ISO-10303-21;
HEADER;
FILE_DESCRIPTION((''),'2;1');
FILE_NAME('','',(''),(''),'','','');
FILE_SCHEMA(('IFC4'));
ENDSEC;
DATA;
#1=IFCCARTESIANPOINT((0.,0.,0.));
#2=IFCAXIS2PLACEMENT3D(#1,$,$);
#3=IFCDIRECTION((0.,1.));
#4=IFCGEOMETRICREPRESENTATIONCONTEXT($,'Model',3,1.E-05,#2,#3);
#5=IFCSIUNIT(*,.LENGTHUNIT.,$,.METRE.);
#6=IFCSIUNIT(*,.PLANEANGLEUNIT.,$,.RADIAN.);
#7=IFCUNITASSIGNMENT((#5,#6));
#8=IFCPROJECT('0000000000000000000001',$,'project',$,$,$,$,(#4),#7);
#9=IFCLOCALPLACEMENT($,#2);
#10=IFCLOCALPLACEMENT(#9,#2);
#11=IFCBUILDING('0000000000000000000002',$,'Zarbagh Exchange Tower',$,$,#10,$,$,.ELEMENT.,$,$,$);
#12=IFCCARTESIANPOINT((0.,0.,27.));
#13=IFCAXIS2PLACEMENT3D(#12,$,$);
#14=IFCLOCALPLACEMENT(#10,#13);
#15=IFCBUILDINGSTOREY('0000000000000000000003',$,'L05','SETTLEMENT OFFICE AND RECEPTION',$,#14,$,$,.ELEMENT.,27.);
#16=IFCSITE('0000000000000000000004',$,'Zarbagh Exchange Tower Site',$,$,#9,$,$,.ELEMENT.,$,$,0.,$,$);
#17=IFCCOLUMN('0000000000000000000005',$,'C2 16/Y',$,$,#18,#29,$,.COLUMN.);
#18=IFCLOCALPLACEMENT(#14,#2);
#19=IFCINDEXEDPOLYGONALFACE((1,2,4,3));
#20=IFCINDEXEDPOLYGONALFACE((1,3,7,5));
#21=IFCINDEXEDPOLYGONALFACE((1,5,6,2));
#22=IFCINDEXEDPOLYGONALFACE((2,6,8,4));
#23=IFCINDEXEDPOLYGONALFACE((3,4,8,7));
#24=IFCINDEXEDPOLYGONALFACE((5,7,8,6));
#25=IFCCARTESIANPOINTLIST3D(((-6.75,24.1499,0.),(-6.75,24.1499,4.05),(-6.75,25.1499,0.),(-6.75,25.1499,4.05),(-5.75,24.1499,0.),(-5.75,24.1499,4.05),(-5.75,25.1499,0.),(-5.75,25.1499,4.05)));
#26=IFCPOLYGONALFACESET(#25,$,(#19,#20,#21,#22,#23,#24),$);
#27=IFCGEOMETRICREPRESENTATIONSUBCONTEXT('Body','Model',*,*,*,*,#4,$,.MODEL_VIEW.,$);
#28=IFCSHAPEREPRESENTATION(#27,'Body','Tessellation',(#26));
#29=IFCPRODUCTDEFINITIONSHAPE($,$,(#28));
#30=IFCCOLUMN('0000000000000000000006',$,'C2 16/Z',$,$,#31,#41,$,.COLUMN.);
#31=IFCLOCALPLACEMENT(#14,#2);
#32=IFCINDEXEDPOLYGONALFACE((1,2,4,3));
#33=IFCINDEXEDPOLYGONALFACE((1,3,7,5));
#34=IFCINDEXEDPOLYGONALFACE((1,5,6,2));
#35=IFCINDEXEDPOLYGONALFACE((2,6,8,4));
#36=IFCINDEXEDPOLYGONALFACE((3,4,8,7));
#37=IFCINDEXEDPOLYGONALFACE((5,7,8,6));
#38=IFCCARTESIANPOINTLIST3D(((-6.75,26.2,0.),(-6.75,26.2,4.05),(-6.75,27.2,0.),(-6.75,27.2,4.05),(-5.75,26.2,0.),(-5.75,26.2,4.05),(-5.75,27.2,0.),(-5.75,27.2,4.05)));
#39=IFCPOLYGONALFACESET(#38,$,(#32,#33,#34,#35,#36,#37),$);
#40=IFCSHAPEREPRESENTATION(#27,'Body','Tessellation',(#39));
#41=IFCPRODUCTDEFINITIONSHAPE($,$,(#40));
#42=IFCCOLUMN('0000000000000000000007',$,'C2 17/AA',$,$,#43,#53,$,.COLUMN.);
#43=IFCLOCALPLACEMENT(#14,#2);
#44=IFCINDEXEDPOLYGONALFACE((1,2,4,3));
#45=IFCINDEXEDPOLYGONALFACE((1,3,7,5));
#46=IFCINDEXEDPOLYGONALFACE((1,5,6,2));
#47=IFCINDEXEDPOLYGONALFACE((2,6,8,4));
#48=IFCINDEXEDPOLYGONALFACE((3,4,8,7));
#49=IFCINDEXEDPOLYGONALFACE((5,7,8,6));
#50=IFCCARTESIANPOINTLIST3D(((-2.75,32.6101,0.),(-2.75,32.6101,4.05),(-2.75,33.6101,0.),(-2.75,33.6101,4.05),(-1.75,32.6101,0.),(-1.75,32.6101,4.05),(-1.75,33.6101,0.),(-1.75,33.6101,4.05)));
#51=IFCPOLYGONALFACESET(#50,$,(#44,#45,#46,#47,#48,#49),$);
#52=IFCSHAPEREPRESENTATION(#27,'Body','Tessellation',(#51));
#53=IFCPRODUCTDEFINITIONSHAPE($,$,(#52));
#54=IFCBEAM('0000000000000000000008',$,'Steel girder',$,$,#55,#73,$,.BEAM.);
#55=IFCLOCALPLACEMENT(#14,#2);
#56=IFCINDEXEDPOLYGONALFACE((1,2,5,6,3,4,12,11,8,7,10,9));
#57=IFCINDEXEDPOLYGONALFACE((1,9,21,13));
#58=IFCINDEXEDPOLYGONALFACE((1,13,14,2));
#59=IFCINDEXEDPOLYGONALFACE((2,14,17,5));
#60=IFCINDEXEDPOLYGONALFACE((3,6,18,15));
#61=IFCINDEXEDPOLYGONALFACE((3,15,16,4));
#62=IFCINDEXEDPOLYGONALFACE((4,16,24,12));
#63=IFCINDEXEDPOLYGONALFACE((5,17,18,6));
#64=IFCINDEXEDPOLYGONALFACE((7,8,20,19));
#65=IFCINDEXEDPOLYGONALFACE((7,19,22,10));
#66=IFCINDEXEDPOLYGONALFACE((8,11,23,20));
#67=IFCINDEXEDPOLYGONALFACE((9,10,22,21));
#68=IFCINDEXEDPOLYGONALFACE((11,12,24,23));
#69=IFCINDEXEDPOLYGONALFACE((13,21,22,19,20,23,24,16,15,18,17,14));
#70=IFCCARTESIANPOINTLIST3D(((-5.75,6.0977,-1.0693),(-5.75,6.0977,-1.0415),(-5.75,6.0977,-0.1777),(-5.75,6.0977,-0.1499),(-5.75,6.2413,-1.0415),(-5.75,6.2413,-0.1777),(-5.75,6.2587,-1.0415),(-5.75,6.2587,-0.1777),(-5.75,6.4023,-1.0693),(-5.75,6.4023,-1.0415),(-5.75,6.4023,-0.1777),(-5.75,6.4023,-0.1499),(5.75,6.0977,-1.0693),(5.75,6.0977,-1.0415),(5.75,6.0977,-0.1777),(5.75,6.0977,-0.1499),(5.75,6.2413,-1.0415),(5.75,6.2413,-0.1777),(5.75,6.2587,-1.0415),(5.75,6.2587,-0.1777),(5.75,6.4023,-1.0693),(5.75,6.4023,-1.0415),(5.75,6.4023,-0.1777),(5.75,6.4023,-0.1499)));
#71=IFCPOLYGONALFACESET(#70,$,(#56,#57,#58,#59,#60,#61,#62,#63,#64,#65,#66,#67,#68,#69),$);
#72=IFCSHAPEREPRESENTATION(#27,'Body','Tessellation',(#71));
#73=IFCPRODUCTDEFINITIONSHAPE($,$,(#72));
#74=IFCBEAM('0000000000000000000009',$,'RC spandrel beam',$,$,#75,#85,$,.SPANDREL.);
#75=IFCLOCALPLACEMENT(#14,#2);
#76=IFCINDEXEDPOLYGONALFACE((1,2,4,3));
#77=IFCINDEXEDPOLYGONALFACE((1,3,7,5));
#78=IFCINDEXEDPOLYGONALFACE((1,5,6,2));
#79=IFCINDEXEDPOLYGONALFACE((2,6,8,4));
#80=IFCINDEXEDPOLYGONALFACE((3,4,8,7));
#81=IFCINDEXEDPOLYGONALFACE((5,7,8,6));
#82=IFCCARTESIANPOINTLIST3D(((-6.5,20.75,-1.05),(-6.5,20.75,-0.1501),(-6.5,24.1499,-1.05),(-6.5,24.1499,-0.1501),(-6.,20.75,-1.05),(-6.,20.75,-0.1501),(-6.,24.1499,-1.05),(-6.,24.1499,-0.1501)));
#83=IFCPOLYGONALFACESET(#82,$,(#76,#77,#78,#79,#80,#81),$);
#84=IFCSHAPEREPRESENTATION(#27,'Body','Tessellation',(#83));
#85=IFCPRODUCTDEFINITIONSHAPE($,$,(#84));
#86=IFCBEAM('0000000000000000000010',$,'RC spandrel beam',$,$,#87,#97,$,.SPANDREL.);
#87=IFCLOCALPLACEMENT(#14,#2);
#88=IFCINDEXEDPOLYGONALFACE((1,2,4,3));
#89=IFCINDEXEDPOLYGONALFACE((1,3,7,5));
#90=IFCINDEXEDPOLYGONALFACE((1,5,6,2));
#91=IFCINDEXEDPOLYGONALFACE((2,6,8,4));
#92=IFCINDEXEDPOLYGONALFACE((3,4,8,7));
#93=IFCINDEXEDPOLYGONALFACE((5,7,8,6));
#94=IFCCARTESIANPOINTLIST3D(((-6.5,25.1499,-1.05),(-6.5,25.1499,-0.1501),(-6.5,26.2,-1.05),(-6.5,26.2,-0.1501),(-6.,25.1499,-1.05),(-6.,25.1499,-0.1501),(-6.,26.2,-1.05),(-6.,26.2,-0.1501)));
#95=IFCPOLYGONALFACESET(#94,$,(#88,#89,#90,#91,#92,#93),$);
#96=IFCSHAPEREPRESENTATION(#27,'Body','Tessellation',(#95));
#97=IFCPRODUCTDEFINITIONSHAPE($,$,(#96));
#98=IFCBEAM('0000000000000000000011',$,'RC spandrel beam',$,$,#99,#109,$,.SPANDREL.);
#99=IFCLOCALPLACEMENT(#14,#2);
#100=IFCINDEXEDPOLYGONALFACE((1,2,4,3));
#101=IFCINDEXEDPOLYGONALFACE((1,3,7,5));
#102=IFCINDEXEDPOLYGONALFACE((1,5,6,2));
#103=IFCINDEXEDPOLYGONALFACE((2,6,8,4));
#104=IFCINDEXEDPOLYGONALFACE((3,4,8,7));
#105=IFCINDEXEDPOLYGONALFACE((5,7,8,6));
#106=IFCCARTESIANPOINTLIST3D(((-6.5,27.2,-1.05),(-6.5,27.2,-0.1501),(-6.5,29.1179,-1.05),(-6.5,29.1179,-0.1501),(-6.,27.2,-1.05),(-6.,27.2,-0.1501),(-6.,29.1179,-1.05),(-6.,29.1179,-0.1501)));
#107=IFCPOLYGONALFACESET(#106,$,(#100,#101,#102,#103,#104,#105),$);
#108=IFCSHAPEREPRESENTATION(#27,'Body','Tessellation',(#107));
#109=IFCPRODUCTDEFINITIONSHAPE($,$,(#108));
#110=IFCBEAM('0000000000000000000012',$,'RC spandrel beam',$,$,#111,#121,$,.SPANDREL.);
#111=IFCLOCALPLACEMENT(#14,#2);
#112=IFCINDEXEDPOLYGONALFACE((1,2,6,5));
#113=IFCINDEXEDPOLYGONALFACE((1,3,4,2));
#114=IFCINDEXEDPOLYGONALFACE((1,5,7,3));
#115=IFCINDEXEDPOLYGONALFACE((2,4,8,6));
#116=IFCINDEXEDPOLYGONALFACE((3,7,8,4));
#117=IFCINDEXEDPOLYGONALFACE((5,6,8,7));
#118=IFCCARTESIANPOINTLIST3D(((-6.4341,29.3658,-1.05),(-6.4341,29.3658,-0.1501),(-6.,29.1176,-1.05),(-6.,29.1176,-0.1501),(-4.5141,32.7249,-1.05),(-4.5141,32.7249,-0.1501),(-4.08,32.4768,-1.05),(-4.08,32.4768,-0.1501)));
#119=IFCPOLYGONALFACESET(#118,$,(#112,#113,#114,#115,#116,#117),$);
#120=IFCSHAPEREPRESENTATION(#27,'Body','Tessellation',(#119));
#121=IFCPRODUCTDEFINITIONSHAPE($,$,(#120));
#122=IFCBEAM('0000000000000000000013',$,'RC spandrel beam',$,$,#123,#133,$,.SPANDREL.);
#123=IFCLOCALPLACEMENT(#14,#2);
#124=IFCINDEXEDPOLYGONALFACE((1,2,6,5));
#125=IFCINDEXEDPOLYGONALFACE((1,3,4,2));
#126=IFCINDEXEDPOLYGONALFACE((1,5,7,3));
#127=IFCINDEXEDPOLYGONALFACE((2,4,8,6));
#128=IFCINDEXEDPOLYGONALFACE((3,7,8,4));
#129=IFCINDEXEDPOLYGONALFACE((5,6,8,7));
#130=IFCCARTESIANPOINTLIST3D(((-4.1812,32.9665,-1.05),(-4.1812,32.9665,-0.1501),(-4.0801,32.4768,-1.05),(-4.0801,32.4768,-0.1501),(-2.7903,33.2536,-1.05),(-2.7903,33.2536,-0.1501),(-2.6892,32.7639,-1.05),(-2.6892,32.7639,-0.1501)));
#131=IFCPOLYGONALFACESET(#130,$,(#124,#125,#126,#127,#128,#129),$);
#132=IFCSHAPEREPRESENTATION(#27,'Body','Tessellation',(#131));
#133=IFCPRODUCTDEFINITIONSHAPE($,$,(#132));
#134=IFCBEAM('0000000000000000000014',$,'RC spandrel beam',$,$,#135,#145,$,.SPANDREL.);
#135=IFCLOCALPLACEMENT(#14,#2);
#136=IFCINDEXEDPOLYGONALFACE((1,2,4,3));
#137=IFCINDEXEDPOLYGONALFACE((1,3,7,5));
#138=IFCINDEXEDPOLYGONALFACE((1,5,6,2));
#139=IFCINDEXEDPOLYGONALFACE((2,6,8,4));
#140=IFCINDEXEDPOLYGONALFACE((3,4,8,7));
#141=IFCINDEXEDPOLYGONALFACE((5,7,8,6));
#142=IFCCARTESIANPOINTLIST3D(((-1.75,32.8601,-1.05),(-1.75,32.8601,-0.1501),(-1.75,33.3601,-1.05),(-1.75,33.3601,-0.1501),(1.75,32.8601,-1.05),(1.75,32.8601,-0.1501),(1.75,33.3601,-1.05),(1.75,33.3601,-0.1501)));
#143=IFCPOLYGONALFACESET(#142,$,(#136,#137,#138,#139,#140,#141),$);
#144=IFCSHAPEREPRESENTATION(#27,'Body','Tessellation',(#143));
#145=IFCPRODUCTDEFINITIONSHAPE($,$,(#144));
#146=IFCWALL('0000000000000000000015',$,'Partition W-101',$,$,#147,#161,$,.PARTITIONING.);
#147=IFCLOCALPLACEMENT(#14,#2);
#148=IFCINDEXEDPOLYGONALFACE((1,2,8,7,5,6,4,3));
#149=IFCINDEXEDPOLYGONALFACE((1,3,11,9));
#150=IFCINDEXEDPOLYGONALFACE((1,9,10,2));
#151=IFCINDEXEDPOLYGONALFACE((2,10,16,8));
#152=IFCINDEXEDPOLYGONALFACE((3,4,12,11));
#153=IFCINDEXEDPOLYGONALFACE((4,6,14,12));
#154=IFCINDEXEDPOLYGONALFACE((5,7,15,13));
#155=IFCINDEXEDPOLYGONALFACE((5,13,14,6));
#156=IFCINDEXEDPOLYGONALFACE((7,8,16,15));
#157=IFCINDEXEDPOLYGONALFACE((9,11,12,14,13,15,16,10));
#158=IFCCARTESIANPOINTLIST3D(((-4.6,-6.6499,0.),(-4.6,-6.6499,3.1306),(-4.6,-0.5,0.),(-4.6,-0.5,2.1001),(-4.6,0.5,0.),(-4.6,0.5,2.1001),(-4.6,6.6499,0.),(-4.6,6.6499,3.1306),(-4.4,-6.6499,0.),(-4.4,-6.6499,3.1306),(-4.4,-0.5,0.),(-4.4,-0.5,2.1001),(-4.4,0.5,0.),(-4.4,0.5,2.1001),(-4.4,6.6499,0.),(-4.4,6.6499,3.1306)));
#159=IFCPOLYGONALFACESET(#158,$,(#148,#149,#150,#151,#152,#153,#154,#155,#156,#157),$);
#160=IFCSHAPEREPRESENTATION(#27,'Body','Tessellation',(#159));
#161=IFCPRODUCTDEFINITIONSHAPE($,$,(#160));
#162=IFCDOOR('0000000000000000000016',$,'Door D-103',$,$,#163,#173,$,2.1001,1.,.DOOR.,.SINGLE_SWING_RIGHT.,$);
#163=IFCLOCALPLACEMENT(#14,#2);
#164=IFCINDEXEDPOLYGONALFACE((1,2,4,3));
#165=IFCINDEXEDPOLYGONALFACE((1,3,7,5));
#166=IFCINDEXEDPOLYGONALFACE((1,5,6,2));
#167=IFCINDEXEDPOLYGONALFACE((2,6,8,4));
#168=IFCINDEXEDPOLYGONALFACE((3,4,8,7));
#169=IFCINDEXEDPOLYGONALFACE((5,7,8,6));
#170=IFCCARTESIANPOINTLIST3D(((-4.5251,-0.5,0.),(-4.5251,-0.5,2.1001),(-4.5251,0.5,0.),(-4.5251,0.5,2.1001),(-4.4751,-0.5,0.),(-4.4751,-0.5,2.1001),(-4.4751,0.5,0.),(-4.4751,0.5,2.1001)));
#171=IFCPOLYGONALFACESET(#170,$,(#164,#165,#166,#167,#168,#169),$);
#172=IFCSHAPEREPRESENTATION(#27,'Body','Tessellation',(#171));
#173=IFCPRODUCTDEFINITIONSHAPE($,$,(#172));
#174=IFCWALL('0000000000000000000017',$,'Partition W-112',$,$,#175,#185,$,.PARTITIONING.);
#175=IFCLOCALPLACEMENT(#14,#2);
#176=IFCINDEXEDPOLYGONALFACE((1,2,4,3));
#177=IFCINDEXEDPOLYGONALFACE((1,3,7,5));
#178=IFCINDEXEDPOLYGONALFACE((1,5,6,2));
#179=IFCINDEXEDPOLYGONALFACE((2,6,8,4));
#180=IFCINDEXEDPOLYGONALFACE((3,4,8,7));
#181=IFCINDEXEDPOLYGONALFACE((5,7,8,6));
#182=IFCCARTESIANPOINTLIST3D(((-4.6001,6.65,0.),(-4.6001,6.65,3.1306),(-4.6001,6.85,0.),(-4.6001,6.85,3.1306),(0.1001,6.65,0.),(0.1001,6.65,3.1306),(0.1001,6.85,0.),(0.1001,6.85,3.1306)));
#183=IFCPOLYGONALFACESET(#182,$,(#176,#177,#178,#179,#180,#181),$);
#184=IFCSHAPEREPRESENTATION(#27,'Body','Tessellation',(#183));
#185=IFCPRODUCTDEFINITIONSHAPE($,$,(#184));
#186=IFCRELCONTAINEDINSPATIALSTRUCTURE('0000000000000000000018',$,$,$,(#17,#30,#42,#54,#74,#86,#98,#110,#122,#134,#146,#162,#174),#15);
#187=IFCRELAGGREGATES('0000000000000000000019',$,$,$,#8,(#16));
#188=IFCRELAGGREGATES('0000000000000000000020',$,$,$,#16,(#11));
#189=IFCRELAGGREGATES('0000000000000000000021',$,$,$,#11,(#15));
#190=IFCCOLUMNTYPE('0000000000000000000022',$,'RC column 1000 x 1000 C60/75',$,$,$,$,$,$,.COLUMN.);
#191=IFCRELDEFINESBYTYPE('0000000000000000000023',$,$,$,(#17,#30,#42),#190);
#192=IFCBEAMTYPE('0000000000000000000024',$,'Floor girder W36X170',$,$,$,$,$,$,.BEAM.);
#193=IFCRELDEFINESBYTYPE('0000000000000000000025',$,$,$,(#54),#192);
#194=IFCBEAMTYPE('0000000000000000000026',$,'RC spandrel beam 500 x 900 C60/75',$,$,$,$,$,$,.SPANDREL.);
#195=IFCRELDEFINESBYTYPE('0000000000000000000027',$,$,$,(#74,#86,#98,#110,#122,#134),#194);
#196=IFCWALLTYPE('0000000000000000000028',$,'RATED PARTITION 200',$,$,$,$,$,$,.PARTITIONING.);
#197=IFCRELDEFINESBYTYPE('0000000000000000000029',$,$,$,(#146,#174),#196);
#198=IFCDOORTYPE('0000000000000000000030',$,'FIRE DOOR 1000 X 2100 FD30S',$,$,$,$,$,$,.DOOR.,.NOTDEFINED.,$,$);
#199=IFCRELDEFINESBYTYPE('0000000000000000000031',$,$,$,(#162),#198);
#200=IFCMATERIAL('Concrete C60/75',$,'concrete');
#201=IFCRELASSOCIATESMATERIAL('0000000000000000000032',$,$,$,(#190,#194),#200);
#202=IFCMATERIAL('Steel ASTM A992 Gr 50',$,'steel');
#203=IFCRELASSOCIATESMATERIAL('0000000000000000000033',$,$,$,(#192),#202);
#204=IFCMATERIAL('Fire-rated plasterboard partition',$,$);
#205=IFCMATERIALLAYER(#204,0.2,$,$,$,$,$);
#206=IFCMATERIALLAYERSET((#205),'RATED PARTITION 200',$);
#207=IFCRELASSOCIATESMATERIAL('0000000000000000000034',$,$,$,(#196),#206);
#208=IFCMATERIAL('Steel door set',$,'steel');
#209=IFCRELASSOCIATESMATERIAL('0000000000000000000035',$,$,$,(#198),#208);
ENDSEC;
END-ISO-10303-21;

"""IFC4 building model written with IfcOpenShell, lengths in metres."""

from ifc_helpers import new_model, si_unit, direction, frame, frame_2d, origin, origin_2d, place, context, subcontext, project, spatial, rectangle, i_section, extrude, material, layer, layer_set, material_profile, profile_set, type_object, element, fill, save


model = new_model("IFC4")

# Units and contexts
model_context = context("Model", 3, precision=1e-05, world=origin(), true_north=direction((0.0, 1.0)))
body_context = subcontext(model_context, "Body", "Model", "MODEL_VIEW")
ifc_project = project(units=[si_unit("LENGTHUNIT", "METRE"), si_unit("PLANEANGLEUNIT", "RADIAN")], contexts=[model_context])

# Site, building, storey
site_placement = place(None, origin())
site = spatial("IfcSite", under=ifc_project, at=site_placement, Name="Zarbagh Exchange Tower Site", CompositionType="ELEMENT", RefElevation=0.0)
building_placement = place(site_placement, origin())
building = spatial("IfcBuilding", under=site, at=building_placement, Name="Zarbagh Exchange Tower", CompositionType="ELEMENT")
storey_placement = place(building_placement, frame((0.0, 0.0, 27.0)))
storey = spatial("IfcBuildingStorey", under=building, at=storey_placement, Name="L05", Description="SETTLEMENT OFFICE AND RECEPTION", CompositionType="ELEMENT", Elevation=27.0)

# Columns
ifc_material_1 = material(Name="Concrete C60/75", Category="concrete")
ifc_material_profile_1 = material_profile(ifc_material_1, rectangle(XDim=1.0, YDim=1.0, at=origin_2d()), Name="RC column 1000 x 1000 C60/75")
ifc_profile_set_1 = profile_set([ifc_material_profile_1], Name="Concrete C60/75")
column_type = type_object("IfcColumnType", Name="RC column 1000 x 1000 C60/75", PredefinedType="COLUMN", material=ifc_profile_set_1)
for number, where, z_axis, x_axis, name in (
    (1, (-6.25, 24.6499, 0.0), (0.0, 0.0, 1.0), (1.0, 0.0, 0.0), "C2 16/Y"),
    (2, (-6.25, 26.7, 0.0), (0.0, 0.0, 1.0), (1.0, 0.0, 0.0), "C2 16/Z"),
    (3, (-2.25, 33.1101, 0.0), (0.0, 0.0, 1.0), (1.0, 0.0, 0.0), "C2 17/AA"),
):
    element("IfcColumn", number, at=place(storey_placement, frame(where, z_axis=z_axis, x_axis=x_axis)), inside=storey, type_object=column_type, Name=name, PredefinedType="COLUMN", context=body_context, shape_type="SweptSolid", body=[
        extrude(rectangle(XDim=1.0, YDim=1.0, at=origin_2d()), origin(), (0.0, 0.0, 1.0), 4.05),
    ])

# Beams
ifc_material_2 = material(Name="Steel ASTM A992 Gr 50", Category="steel")
ifc_material_profile_2 = material_profile(ifc_material_2, i_section(OverallWidth=0.3047, OverallDepth=0.9194, WebThickness=0.0173, FlangeThickness=0.0278, at=origin_2d()), Name="W36X170")
ifc_profile_set_2 = profile_set([ifc_material_profile_2], Name="Steel ASTM A992 Gr 50")
beam_type_1 = type_object("IfcBeamType", Name="Floor girder W36X170", PredefinedType="BEAM", material=ifc_profile_set_2)
beam_1_placement = place(storey_placement, frame((-5.75, 6.25, -0.6096), z_axis=(1.0, 0.0, 0.0), x_axis=(0.0, 1.0, 0.0)))
element("IfcBeam", 4, at=beam_1_placement, inside=storey, type_object=beam_type_1, Name="Steel girder", PredefinedType="BEAM", context=body_context, shape_type="SweptSolid", body=[
    extrude(i_section(OverallWidth=0.3047, OverallDepth=0.9194, WebThickness=0.0173, FlangeThickness=0.0278, at=origin_2d()), origin(), (0.0, 0.0, 1.0), 11.5),
])
ifc_material_profile_3 = material_profile(ifc_material_1, rectangle(XDim=0.5, YDim=0.8999, at=origin_2d()), Name="RC spandrel beam 500 x 900 C60/75")
ifc_profile_set_3 = profile_set([ifc_material_profile_3], Name="Concrete C60/75")
beam_type_2 = type_object("IfcBeamType", Name="RC spandrel beam 500 x 900 C60/75", PredefinedType="SPANDREL", material=ifc_profile_set_3)
beam_2_placement = place(storey_placement, frame((-6.25, 20.75, -0.6001), z_axis=(0.0, 1.0, 0.0), x_axis=(-1.0, 0.0, 0.0)))
element("IfcBeam", 5, at=beam_2_placement, inside=storey, type_object=beam_type_2, Name="RC spandrel beam", PredefinedType="SPANDREL", context=body_context, shape_type="SweptSolid", body=[
    extrude(rectangle(XDim=0.5, YDim=0.8999, at=origin_2d()), origin(), (0.0, 0.0, 1.0), 3.3999),
])
beam_3_placement = place(storey_placement, frame((-6.25, 25.1499, -0.6001), z_axis=(0.0, 1.0, 0.0), x_axis=(-1.0, 0.0, 0.0)))
element("IfcBeam", 6, at=beam_3_placement, inside=storey, type_object=beam_type_2, Name="RC spandrel beam", PredefinedType="SPANDREL", context=body_context, shape_type="SweptSolid", body=[
    extrude(rectangle(XDim=0.5, YDim=0.8999, at=origin_2d()), origin(), (0.0, 0.0, 1.0), 1.05),
])
beam_4_placement = place(storey_placement, frame((-6.25, 27.2, -0.6001), z_axis=(0.0, 1.0, 0.0), x_axis=(-1.0, 0.0, 0.0)))
element("IfcBeam", 7, at=beam_4_placement, inside=storey, type_object=beam_type_2, Name="RC spandrel beam", PredefinedType="SPANDREL", context=body_context, shape_type="SweptSolid", body=[
    extrude(rectangle(XDim=0.5, YDim=0.8999, at=origin_2d()), origin(), (0.0, 0.0, 1.0), 1.918),
])
beam_5_placement = place(storey_placement, frame((-6.217, 29.2417, -0.6001), z_axis=(0.49622, 0.868197, 0.0), x_axis=(-0.868197, 0.49622, 0.0)))
element("IfcBeam", 8, at=beam_5_placement, inside=storey, type_object=beam_type_2, Name="RC spandrel beam", PredefinedType="SPANDREL", context=body_context, shape_type="SweptSolid", body=[
    extrude(rectangle(XDim=0.5, YDim=0.8999, at=origin_2d()), origin(), (0.0, 0.0, 1.0), 3.8691),
])
beam_6_placement = place(storey_placement, frame((-4.1306, 32.7217, -0.6001), z_axis=(0.979352, 0.202162, 0.0), x_axis=(-0.202162, 0.979352, 0.0)))
element("IfcBeam", 9, at=beam_6_placement, inside=storey, type_object=beam_type_2, Name="RC spandrel beam", PredefinedType="SPANDREL", context=body_context, shape_type="SweptSolid", body=[
    extrude(rectangle(XDim=0.5, YDim=0.8999, at=origin_2d()), origin(), (0.0, 0.0, 1.0), 1.4202),
])
beam_7_placement = place(storey_placement, frame((-1.75, 33.1101, -0.6001), z_axis=(1.0, 0.0, 0.0), x_axis=(0.0, 1.0, 0.0)))
element("IfcBeam", 10, at=beam_7_placement, inside=storey, type_object=beam_type_2, Name="RC spandrel beam", PredefinedType="SPANDREL", context=body_context, shape_type="SweptSolid", body=[
    extrude(rectangle(XDim=0.5, YDim=0.8999, at=origin_2d()), origin(), (0.0, 0.0, 1.0), 3.5),
])

# Wall, opening, door
ifc_material_3 = material(Name="Fire-rated plasterboard partition")
ifc_layer_1 = layer(ifc_material_3, 0.2)
ifc_layer_set_1 = layer_set([ifc_layer_1], Name="RATED PARTITION 200")
wall_type_1 = type_object("IfcWallType", Name="RATED PARTITION 200", PredefinedType="PARTITIONING", material=ifc_layer_set_1)
wall_1_placement = place(storey_placement, frame((-4.5, 6.6499, 0.0), z_axis=(0.0, 0.0, 1.0), x_axis=(0.0, -1.0, 0.0)))
wall_1 = element("IfcWall", 11, at=wall_1_placement, inside=storey, type_object=wall_type_1, Name="Partition W-101", PredefinedType="PARTITIONING", context=body_context, shape_type="SweptSolid", body=[
    extrude(rectangle(XDim=13.2998, YDim=0.2, at=frame_2d((6.6499, 0.0))), origin(), (0.0, 0.0, 1.0), 3.1306),
])
opening_1_placement = place(wall_1_placement, frame((6.1499, 0.0, 0.0)))
opening_1 = element("IfcOpeningElement", 12, at=opening_1_placement, cuts=wall_1, PredefinedType="OPENING", context=body_context, shape_type="SweptSolid", body=[
    extrude(rectangle(XDim=1.0, YDim=2.1001, at=frame_2d((0.5, 1.05))), frame((0.0, 0.1099, 0.0), z_axis=(0.0, -1.0, 0.0), x_axis=(1.0, 0.0, 0.0)), (0.0, 0.0, 1.0), 0.22),
])
ifc_material_4 = material(Name="Steel door set", Category="steel")
door_type_1 = type_object("IfcDoorType", Name="FIRE DOOR 1000 X 2100 FD30S", OperationType="NOTDEFINED", PredefinedType="DOOR", material=ifc_material_4)
door_1_placement = place(opening_1_placement, origin())
door_1 = element("IfcDoor", 13, at=door_1_placement, inside=storey, type_object=door_type_1, Name="Door D-103", OperationType="SINGLE_SWING_RIGHT", OverallHeight=2.1001, OverallWidth=1.0, PredefinedType="DOOR", context=body_context, shape_type="SweptSolid", body=[
    extrude(rectangle(XDim=1.0, YDim=2.1001, at=frame_2d((0.5, 1.05))), frame((0.0, 0.0249, 0.0), z_axis=(0.0, -1.0, 0.0), x_axis=(1.0, 0.0, 0.0)), (0.0, 0.0, 1.0), 0.05),
])
fill(opening_1, door_1)

# Wall
for number, where, z_axis, x_axis, name in (
    (14, (-4.6001, 6.75, 0.0), (0.0, 0.0, 1.0), (1.0, 0.0, 0.0), "Partition W-112"),
):
    element("IfcWall", number, at=place(storey_placement, frame(where, z_axis=z_axis, x_axis=x_axis)), inside=storey, type_object=wall_type_1, Name=name, PredefinedType="PARTITIONING", context=body_context, shape_type="SweptSolid", body=[
        extrude(rectangle(XDim=4.7002, YDim=0.2, at=frame_2d((2.3501, 0.0))), origin(), (0.0, 0.0, 1.0), 3.1306),
    ])

save(model, "model.ifc")
